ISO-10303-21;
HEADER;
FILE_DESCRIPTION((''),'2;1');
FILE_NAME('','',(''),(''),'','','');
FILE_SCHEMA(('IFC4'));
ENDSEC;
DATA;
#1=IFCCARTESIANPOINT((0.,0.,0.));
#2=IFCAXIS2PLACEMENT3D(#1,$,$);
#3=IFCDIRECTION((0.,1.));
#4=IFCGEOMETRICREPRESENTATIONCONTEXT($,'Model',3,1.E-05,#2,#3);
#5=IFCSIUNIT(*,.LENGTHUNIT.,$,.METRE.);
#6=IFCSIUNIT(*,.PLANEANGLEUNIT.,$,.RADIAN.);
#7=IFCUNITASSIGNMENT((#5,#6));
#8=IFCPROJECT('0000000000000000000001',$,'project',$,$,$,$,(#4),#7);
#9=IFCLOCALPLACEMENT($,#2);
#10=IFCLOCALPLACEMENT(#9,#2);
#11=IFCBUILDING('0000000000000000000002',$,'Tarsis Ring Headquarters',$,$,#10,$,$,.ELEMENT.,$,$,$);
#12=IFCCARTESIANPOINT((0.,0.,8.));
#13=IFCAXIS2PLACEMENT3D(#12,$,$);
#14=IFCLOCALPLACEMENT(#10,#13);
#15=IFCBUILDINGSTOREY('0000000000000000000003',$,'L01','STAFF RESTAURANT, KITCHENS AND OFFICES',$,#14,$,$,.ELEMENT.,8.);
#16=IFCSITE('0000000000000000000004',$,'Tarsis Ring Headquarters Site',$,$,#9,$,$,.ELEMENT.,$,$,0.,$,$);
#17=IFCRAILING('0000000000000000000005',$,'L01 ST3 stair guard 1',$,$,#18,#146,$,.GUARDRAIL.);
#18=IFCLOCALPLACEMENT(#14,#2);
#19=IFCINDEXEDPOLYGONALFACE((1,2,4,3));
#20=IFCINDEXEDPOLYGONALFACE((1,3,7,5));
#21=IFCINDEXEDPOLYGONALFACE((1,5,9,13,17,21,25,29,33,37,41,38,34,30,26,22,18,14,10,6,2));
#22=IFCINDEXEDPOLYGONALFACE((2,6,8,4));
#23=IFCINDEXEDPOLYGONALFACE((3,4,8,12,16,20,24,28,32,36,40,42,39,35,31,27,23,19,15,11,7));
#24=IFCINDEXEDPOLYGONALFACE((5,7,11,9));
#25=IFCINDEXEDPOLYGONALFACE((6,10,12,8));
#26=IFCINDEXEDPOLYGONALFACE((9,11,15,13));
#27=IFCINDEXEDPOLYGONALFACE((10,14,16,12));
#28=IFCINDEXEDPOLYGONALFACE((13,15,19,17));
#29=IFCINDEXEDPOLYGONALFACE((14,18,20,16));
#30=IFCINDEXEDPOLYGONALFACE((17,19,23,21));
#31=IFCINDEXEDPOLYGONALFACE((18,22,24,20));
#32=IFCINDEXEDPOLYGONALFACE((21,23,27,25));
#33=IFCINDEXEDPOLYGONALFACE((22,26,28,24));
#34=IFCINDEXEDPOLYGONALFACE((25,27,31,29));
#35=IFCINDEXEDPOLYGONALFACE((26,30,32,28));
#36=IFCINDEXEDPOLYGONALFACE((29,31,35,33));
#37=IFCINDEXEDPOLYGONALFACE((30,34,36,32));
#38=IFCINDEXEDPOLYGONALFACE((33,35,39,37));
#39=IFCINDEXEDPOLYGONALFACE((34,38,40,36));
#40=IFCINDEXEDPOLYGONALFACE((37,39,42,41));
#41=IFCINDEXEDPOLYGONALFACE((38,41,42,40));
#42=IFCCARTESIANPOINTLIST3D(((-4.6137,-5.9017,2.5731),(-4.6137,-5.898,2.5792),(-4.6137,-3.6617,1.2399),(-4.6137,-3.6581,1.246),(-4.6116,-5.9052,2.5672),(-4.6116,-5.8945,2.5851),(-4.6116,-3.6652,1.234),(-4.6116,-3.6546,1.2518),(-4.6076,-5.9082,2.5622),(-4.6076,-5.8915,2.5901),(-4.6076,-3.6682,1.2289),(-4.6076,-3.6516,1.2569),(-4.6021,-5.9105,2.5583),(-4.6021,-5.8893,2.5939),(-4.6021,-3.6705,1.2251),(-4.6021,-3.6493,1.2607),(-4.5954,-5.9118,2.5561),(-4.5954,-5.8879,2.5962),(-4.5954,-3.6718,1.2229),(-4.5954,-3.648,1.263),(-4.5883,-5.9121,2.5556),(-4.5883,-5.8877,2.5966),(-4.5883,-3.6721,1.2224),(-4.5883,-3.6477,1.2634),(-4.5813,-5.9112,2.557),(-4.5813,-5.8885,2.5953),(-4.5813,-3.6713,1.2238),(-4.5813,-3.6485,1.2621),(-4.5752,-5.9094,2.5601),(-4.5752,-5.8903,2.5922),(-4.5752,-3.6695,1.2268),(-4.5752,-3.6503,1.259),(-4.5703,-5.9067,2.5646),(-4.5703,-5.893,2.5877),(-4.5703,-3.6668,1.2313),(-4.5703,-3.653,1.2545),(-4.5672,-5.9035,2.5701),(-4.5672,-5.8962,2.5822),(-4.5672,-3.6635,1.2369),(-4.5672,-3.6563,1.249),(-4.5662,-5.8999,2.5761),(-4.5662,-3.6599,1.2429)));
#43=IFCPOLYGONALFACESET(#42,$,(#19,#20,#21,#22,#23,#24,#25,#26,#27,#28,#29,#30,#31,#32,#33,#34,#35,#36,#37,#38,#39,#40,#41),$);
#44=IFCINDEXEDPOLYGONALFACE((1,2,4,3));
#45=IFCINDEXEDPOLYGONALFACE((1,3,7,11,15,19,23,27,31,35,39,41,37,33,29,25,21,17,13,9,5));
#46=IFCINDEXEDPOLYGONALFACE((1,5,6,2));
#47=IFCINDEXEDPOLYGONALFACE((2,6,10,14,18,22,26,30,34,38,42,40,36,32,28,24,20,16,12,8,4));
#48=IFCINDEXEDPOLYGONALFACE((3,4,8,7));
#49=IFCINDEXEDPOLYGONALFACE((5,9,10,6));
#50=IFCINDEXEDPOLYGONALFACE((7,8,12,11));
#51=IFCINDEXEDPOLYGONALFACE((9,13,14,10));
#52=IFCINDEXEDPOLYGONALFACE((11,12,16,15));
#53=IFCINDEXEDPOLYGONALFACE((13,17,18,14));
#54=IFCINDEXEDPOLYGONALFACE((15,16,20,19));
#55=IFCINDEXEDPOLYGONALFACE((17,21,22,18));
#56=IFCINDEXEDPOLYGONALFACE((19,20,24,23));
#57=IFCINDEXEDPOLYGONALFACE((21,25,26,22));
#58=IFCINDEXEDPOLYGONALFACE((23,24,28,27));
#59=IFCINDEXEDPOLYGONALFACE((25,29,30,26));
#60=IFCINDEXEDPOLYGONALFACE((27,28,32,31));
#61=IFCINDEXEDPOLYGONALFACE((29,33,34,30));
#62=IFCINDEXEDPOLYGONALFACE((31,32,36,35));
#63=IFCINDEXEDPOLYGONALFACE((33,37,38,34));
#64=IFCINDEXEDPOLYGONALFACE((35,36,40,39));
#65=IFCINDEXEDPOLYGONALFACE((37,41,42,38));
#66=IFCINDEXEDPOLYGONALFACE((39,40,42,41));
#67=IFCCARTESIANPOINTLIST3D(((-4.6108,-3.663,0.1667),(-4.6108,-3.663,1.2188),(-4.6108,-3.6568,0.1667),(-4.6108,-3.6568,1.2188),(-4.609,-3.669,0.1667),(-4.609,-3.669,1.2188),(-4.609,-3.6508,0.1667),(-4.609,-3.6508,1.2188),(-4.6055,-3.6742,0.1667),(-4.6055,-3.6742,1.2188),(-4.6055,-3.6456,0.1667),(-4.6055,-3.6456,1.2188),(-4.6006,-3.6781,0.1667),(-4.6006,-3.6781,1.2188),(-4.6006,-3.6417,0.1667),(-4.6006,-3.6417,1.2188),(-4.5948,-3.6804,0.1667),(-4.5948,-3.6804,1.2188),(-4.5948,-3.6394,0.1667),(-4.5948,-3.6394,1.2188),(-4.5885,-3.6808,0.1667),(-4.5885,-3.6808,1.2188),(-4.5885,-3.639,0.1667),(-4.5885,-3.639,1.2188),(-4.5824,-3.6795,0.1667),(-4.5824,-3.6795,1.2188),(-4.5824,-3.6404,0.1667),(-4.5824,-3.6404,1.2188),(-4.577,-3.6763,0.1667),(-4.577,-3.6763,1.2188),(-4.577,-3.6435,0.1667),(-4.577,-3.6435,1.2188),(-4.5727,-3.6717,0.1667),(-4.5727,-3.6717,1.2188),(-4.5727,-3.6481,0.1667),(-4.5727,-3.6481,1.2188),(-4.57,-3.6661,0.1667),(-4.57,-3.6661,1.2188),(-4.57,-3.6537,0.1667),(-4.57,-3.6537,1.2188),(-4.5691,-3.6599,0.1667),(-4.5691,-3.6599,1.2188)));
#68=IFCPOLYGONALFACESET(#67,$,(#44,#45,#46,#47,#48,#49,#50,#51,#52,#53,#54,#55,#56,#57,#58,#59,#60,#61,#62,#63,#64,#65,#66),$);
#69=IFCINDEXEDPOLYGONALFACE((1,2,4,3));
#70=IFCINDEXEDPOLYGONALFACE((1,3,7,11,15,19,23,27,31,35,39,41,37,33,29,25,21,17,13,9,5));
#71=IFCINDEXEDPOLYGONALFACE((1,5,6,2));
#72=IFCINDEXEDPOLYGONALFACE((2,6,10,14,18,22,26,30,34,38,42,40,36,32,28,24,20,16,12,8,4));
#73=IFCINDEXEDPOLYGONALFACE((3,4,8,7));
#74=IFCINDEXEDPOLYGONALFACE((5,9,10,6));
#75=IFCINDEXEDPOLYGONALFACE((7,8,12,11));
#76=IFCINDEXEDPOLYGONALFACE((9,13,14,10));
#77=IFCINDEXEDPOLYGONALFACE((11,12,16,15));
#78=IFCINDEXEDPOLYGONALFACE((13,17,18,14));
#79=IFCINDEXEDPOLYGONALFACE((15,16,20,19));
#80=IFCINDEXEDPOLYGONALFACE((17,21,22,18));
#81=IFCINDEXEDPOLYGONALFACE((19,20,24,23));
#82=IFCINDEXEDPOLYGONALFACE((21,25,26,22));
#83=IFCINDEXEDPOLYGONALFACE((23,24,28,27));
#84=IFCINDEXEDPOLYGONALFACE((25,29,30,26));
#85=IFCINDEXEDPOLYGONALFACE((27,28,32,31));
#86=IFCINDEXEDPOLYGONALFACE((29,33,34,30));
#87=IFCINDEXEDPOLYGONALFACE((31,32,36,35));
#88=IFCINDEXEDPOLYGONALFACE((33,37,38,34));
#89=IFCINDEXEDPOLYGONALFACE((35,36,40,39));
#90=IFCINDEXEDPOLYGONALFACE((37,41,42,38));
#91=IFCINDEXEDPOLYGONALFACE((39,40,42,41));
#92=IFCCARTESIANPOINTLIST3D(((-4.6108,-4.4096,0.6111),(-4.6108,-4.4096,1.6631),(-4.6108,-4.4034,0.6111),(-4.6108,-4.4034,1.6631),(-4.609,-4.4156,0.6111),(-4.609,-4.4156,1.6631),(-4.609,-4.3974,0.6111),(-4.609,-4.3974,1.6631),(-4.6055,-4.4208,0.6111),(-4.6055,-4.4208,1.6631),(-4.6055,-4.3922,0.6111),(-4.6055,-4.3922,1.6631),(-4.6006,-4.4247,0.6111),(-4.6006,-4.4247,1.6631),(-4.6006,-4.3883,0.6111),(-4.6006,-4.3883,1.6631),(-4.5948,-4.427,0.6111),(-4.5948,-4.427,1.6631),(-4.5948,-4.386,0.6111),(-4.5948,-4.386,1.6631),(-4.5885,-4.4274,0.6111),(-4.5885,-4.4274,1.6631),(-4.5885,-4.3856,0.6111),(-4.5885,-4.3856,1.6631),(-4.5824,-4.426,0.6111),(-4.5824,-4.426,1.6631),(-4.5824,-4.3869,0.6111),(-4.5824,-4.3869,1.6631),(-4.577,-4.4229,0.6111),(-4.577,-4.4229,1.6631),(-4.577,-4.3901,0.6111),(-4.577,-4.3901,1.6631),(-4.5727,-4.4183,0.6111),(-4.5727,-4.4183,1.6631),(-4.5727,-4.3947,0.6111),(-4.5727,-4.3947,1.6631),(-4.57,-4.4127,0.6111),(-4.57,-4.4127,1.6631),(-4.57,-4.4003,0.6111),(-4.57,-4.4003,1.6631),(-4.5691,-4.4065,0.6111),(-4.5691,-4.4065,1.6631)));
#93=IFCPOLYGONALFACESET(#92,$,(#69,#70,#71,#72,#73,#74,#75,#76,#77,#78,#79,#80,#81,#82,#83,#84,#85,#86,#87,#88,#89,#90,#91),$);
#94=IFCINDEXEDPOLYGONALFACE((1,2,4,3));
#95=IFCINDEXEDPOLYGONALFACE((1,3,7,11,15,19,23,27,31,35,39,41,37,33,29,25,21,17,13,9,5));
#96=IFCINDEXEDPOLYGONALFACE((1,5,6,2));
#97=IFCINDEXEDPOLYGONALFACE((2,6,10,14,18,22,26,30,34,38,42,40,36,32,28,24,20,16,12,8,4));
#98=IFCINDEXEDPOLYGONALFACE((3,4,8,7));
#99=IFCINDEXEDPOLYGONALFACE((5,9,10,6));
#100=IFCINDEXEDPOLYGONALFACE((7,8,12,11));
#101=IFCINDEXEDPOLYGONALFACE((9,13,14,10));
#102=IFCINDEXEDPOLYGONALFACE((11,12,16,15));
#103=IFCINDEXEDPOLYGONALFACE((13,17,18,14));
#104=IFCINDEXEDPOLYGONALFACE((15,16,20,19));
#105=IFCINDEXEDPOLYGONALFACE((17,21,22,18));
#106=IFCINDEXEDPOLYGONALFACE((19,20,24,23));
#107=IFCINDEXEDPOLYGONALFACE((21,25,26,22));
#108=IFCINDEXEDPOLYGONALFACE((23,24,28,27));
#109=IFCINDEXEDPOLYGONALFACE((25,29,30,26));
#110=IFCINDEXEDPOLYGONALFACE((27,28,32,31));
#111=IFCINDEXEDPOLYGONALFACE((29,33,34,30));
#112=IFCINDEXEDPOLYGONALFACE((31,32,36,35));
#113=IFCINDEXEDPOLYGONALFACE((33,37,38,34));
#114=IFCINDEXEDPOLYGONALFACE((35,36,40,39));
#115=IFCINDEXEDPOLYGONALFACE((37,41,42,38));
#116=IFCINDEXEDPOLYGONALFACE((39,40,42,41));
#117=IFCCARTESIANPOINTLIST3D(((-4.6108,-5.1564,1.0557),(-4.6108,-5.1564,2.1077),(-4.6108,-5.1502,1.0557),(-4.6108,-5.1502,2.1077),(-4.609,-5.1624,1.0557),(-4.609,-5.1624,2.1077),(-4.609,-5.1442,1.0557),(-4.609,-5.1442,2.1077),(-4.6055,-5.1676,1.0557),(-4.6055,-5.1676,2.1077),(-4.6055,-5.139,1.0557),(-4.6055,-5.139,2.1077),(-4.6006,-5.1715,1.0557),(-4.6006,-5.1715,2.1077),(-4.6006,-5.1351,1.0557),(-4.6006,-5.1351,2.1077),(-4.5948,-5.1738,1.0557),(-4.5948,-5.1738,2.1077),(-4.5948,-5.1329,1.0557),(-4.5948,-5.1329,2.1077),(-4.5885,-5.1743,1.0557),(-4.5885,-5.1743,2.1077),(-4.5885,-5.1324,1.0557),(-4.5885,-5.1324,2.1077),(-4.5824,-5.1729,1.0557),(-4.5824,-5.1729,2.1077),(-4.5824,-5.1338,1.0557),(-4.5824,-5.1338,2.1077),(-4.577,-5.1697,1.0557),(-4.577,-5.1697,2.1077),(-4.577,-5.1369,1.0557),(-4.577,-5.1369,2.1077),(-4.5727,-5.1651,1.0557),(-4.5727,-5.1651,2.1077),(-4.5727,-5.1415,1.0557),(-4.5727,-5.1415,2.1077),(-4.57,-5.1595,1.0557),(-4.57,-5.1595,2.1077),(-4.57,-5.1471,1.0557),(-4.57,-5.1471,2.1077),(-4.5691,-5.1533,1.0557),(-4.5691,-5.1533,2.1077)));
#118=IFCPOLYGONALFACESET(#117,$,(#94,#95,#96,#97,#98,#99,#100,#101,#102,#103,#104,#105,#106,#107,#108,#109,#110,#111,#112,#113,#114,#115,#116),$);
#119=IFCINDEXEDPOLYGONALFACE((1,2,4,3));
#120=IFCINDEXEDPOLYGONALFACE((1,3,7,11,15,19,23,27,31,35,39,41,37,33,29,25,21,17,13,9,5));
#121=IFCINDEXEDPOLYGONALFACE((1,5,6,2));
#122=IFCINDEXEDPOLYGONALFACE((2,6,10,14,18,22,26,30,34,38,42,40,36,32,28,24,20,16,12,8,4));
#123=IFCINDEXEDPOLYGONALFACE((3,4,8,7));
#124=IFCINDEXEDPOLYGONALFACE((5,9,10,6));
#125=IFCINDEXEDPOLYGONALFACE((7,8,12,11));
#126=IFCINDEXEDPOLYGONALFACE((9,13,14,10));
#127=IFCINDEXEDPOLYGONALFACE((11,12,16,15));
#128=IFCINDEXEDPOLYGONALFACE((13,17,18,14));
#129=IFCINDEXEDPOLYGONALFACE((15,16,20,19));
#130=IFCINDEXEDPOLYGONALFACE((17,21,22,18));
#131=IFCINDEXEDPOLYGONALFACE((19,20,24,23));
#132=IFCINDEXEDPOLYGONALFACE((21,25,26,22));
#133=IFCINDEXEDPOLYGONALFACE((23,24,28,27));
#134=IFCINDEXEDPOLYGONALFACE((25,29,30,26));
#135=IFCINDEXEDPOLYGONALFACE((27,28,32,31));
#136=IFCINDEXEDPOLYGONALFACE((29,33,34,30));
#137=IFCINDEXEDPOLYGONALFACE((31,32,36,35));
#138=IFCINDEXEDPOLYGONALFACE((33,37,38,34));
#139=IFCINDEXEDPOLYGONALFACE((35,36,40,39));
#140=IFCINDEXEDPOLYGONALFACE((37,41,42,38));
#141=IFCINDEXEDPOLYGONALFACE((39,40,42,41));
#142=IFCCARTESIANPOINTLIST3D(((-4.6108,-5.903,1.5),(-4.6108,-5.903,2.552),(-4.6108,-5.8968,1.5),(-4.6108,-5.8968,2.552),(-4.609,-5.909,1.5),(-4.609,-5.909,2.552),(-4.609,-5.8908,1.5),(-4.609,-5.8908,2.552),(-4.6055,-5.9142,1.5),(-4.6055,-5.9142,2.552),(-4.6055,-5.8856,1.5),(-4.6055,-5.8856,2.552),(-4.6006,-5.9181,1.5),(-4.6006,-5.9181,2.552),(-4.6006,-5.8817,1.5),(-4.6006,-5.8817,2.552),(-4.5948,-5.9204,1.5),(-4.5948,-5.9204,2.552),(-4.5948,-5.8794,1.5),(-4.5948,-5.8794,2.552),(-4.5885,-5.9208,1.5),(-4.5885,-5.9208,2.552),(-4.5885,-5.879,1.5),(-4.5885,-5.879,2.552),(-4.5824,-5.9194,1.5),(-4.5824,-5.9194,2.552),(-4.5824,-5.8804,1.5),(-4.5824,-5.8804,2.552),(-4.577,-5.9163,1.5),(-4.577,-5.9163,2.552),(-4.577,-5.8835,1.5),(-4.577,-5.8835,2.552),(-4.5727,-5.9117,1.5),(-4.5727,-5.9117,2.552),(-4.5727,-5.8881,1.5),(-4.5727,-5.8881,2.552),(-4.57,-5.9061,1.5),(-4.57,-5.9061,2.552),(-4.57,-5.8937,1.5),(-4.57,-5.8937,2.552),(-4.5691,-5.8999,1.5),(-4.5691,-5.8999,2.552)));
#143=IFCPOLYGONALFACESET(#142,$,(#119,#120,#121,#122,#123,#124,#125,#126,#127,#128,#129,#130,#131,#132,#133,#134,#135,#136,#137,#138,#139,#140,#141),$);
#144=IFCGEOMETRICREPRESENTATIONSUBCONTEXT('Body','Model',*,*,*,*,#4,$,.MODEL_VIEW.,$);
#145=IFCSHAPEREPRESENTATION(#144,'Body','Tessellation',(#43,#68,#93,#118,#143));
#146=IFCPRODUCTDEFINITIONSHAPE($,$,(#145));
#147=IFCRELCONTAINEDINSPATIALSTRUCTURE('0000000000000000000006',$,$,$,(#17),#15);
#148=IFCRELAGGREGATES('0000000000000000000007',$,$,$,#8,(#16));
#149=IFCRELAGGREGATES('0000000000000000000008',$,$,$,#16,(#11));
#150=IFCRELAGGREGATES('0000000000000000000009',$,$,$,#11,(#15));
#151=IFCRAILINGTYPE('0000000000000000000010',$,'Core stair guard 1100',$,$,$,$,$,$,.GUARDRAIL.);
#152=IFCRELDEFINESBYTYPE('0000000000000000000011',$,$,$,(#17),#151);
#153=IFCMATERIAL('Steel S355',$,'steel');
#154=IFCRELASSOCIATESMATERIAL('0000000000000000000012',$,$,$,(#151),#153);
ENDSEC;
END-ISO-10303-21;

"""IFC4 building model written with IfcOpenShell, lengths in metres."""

from ifc_helpers import new_model, si_unit, direction, frame, origin, origin_2d, place, context, subcontext, project, spatial, circle, extrude, material, type_object, element, save


model = new_model("IFC4")

# Units and contexts
model_context = context("Model", 3, precision=1e-05, world=origin(), true_north=direction((0.0, 1.0)))
body_context = subcontext(model_context, "Body", "Model", "MODEL_VIEW")
ifc_project = project(units=[si_unit("LENGTHUNIT", "METRE"), si_unit("PLANEANGLEUNIT", "RADIAN")], contexts=[model_context])

# Site, building, storey
site_placement = place(None, origin())
site = spatial("IfcSite", under=ifc_project, at=site_placement, Name="Tarsis Ring Headquarters Site", CompositionType="ELEMENT", RefElevation=0.0)
building_placement = place(site_placement, origin())
building = spatial("IfcBuilding", under=site, at=building_placement, Name="Tarsis Ring Headquarters", CompositionType="ELEMENT")
storey_placement = place(building_placement, frame((0.0, 0.0, 8.0)))
storey = spatial("IfcBuildingStorey", under=building, at=storey_placement, Name="L01", Description="STAFF RESTAURANT, KITCHENS AND OFFICES", CompositionType="ELEMENT", Elevation=8.0)

# Shared definitions
ifc_material_1 = material(Name="Steel S355", Category="steel")

# Railing
railing_type_1 = type_object("IfcRailingType", Name="Core stair guard 1100", PredefinedType="GUARDRAIL", material=ifc_material_1)
railing_1_placement = place(storey_placement, frame((-4.5901, -3.6599, 0.1667)))
element("IfcRailing", 1, at=railing_1_placement, inside=storey, type_object=railing_type_1, Name="L01 ST3 stair guard 1", PredefinedType="GUARDRAIL", context=body_context, shape_type="SweptSolid", body=[
    extrude(circle(Radius=0.0239, at=origin_2d()), frame((0.0, 0.0, 1.0762), z_axis=(0.0, -0.859306, 0.511462), x_axis=(1.0, 0.0, 0.0)), (0.0, 0.0, 1.0), 2.6067),
    extrude(circle(Radius=0.021, at=origin_2d()), origin(), (0.0, 0.0, 1.0), 1.052),
    extrude(circle(Radius=0.021, at=origin_2d()), frame((0.0, -0.7466, 0.4443)), (0.0, 0.0, 1.0), 1.052),
    extrude(circle(Radius=0.021, at=origin_2d()), frame((0.0, -1.4934, 0.8889)), (0.0, 0.0, 1.0), 1.052),
    extrude(circle(Radius=0.021, at=origin_2d()), frame((0.0, -2.24, 1.3333)), (0.0, 0.0, 1.0), 1.052),
])

save(model, "model.ifc")
